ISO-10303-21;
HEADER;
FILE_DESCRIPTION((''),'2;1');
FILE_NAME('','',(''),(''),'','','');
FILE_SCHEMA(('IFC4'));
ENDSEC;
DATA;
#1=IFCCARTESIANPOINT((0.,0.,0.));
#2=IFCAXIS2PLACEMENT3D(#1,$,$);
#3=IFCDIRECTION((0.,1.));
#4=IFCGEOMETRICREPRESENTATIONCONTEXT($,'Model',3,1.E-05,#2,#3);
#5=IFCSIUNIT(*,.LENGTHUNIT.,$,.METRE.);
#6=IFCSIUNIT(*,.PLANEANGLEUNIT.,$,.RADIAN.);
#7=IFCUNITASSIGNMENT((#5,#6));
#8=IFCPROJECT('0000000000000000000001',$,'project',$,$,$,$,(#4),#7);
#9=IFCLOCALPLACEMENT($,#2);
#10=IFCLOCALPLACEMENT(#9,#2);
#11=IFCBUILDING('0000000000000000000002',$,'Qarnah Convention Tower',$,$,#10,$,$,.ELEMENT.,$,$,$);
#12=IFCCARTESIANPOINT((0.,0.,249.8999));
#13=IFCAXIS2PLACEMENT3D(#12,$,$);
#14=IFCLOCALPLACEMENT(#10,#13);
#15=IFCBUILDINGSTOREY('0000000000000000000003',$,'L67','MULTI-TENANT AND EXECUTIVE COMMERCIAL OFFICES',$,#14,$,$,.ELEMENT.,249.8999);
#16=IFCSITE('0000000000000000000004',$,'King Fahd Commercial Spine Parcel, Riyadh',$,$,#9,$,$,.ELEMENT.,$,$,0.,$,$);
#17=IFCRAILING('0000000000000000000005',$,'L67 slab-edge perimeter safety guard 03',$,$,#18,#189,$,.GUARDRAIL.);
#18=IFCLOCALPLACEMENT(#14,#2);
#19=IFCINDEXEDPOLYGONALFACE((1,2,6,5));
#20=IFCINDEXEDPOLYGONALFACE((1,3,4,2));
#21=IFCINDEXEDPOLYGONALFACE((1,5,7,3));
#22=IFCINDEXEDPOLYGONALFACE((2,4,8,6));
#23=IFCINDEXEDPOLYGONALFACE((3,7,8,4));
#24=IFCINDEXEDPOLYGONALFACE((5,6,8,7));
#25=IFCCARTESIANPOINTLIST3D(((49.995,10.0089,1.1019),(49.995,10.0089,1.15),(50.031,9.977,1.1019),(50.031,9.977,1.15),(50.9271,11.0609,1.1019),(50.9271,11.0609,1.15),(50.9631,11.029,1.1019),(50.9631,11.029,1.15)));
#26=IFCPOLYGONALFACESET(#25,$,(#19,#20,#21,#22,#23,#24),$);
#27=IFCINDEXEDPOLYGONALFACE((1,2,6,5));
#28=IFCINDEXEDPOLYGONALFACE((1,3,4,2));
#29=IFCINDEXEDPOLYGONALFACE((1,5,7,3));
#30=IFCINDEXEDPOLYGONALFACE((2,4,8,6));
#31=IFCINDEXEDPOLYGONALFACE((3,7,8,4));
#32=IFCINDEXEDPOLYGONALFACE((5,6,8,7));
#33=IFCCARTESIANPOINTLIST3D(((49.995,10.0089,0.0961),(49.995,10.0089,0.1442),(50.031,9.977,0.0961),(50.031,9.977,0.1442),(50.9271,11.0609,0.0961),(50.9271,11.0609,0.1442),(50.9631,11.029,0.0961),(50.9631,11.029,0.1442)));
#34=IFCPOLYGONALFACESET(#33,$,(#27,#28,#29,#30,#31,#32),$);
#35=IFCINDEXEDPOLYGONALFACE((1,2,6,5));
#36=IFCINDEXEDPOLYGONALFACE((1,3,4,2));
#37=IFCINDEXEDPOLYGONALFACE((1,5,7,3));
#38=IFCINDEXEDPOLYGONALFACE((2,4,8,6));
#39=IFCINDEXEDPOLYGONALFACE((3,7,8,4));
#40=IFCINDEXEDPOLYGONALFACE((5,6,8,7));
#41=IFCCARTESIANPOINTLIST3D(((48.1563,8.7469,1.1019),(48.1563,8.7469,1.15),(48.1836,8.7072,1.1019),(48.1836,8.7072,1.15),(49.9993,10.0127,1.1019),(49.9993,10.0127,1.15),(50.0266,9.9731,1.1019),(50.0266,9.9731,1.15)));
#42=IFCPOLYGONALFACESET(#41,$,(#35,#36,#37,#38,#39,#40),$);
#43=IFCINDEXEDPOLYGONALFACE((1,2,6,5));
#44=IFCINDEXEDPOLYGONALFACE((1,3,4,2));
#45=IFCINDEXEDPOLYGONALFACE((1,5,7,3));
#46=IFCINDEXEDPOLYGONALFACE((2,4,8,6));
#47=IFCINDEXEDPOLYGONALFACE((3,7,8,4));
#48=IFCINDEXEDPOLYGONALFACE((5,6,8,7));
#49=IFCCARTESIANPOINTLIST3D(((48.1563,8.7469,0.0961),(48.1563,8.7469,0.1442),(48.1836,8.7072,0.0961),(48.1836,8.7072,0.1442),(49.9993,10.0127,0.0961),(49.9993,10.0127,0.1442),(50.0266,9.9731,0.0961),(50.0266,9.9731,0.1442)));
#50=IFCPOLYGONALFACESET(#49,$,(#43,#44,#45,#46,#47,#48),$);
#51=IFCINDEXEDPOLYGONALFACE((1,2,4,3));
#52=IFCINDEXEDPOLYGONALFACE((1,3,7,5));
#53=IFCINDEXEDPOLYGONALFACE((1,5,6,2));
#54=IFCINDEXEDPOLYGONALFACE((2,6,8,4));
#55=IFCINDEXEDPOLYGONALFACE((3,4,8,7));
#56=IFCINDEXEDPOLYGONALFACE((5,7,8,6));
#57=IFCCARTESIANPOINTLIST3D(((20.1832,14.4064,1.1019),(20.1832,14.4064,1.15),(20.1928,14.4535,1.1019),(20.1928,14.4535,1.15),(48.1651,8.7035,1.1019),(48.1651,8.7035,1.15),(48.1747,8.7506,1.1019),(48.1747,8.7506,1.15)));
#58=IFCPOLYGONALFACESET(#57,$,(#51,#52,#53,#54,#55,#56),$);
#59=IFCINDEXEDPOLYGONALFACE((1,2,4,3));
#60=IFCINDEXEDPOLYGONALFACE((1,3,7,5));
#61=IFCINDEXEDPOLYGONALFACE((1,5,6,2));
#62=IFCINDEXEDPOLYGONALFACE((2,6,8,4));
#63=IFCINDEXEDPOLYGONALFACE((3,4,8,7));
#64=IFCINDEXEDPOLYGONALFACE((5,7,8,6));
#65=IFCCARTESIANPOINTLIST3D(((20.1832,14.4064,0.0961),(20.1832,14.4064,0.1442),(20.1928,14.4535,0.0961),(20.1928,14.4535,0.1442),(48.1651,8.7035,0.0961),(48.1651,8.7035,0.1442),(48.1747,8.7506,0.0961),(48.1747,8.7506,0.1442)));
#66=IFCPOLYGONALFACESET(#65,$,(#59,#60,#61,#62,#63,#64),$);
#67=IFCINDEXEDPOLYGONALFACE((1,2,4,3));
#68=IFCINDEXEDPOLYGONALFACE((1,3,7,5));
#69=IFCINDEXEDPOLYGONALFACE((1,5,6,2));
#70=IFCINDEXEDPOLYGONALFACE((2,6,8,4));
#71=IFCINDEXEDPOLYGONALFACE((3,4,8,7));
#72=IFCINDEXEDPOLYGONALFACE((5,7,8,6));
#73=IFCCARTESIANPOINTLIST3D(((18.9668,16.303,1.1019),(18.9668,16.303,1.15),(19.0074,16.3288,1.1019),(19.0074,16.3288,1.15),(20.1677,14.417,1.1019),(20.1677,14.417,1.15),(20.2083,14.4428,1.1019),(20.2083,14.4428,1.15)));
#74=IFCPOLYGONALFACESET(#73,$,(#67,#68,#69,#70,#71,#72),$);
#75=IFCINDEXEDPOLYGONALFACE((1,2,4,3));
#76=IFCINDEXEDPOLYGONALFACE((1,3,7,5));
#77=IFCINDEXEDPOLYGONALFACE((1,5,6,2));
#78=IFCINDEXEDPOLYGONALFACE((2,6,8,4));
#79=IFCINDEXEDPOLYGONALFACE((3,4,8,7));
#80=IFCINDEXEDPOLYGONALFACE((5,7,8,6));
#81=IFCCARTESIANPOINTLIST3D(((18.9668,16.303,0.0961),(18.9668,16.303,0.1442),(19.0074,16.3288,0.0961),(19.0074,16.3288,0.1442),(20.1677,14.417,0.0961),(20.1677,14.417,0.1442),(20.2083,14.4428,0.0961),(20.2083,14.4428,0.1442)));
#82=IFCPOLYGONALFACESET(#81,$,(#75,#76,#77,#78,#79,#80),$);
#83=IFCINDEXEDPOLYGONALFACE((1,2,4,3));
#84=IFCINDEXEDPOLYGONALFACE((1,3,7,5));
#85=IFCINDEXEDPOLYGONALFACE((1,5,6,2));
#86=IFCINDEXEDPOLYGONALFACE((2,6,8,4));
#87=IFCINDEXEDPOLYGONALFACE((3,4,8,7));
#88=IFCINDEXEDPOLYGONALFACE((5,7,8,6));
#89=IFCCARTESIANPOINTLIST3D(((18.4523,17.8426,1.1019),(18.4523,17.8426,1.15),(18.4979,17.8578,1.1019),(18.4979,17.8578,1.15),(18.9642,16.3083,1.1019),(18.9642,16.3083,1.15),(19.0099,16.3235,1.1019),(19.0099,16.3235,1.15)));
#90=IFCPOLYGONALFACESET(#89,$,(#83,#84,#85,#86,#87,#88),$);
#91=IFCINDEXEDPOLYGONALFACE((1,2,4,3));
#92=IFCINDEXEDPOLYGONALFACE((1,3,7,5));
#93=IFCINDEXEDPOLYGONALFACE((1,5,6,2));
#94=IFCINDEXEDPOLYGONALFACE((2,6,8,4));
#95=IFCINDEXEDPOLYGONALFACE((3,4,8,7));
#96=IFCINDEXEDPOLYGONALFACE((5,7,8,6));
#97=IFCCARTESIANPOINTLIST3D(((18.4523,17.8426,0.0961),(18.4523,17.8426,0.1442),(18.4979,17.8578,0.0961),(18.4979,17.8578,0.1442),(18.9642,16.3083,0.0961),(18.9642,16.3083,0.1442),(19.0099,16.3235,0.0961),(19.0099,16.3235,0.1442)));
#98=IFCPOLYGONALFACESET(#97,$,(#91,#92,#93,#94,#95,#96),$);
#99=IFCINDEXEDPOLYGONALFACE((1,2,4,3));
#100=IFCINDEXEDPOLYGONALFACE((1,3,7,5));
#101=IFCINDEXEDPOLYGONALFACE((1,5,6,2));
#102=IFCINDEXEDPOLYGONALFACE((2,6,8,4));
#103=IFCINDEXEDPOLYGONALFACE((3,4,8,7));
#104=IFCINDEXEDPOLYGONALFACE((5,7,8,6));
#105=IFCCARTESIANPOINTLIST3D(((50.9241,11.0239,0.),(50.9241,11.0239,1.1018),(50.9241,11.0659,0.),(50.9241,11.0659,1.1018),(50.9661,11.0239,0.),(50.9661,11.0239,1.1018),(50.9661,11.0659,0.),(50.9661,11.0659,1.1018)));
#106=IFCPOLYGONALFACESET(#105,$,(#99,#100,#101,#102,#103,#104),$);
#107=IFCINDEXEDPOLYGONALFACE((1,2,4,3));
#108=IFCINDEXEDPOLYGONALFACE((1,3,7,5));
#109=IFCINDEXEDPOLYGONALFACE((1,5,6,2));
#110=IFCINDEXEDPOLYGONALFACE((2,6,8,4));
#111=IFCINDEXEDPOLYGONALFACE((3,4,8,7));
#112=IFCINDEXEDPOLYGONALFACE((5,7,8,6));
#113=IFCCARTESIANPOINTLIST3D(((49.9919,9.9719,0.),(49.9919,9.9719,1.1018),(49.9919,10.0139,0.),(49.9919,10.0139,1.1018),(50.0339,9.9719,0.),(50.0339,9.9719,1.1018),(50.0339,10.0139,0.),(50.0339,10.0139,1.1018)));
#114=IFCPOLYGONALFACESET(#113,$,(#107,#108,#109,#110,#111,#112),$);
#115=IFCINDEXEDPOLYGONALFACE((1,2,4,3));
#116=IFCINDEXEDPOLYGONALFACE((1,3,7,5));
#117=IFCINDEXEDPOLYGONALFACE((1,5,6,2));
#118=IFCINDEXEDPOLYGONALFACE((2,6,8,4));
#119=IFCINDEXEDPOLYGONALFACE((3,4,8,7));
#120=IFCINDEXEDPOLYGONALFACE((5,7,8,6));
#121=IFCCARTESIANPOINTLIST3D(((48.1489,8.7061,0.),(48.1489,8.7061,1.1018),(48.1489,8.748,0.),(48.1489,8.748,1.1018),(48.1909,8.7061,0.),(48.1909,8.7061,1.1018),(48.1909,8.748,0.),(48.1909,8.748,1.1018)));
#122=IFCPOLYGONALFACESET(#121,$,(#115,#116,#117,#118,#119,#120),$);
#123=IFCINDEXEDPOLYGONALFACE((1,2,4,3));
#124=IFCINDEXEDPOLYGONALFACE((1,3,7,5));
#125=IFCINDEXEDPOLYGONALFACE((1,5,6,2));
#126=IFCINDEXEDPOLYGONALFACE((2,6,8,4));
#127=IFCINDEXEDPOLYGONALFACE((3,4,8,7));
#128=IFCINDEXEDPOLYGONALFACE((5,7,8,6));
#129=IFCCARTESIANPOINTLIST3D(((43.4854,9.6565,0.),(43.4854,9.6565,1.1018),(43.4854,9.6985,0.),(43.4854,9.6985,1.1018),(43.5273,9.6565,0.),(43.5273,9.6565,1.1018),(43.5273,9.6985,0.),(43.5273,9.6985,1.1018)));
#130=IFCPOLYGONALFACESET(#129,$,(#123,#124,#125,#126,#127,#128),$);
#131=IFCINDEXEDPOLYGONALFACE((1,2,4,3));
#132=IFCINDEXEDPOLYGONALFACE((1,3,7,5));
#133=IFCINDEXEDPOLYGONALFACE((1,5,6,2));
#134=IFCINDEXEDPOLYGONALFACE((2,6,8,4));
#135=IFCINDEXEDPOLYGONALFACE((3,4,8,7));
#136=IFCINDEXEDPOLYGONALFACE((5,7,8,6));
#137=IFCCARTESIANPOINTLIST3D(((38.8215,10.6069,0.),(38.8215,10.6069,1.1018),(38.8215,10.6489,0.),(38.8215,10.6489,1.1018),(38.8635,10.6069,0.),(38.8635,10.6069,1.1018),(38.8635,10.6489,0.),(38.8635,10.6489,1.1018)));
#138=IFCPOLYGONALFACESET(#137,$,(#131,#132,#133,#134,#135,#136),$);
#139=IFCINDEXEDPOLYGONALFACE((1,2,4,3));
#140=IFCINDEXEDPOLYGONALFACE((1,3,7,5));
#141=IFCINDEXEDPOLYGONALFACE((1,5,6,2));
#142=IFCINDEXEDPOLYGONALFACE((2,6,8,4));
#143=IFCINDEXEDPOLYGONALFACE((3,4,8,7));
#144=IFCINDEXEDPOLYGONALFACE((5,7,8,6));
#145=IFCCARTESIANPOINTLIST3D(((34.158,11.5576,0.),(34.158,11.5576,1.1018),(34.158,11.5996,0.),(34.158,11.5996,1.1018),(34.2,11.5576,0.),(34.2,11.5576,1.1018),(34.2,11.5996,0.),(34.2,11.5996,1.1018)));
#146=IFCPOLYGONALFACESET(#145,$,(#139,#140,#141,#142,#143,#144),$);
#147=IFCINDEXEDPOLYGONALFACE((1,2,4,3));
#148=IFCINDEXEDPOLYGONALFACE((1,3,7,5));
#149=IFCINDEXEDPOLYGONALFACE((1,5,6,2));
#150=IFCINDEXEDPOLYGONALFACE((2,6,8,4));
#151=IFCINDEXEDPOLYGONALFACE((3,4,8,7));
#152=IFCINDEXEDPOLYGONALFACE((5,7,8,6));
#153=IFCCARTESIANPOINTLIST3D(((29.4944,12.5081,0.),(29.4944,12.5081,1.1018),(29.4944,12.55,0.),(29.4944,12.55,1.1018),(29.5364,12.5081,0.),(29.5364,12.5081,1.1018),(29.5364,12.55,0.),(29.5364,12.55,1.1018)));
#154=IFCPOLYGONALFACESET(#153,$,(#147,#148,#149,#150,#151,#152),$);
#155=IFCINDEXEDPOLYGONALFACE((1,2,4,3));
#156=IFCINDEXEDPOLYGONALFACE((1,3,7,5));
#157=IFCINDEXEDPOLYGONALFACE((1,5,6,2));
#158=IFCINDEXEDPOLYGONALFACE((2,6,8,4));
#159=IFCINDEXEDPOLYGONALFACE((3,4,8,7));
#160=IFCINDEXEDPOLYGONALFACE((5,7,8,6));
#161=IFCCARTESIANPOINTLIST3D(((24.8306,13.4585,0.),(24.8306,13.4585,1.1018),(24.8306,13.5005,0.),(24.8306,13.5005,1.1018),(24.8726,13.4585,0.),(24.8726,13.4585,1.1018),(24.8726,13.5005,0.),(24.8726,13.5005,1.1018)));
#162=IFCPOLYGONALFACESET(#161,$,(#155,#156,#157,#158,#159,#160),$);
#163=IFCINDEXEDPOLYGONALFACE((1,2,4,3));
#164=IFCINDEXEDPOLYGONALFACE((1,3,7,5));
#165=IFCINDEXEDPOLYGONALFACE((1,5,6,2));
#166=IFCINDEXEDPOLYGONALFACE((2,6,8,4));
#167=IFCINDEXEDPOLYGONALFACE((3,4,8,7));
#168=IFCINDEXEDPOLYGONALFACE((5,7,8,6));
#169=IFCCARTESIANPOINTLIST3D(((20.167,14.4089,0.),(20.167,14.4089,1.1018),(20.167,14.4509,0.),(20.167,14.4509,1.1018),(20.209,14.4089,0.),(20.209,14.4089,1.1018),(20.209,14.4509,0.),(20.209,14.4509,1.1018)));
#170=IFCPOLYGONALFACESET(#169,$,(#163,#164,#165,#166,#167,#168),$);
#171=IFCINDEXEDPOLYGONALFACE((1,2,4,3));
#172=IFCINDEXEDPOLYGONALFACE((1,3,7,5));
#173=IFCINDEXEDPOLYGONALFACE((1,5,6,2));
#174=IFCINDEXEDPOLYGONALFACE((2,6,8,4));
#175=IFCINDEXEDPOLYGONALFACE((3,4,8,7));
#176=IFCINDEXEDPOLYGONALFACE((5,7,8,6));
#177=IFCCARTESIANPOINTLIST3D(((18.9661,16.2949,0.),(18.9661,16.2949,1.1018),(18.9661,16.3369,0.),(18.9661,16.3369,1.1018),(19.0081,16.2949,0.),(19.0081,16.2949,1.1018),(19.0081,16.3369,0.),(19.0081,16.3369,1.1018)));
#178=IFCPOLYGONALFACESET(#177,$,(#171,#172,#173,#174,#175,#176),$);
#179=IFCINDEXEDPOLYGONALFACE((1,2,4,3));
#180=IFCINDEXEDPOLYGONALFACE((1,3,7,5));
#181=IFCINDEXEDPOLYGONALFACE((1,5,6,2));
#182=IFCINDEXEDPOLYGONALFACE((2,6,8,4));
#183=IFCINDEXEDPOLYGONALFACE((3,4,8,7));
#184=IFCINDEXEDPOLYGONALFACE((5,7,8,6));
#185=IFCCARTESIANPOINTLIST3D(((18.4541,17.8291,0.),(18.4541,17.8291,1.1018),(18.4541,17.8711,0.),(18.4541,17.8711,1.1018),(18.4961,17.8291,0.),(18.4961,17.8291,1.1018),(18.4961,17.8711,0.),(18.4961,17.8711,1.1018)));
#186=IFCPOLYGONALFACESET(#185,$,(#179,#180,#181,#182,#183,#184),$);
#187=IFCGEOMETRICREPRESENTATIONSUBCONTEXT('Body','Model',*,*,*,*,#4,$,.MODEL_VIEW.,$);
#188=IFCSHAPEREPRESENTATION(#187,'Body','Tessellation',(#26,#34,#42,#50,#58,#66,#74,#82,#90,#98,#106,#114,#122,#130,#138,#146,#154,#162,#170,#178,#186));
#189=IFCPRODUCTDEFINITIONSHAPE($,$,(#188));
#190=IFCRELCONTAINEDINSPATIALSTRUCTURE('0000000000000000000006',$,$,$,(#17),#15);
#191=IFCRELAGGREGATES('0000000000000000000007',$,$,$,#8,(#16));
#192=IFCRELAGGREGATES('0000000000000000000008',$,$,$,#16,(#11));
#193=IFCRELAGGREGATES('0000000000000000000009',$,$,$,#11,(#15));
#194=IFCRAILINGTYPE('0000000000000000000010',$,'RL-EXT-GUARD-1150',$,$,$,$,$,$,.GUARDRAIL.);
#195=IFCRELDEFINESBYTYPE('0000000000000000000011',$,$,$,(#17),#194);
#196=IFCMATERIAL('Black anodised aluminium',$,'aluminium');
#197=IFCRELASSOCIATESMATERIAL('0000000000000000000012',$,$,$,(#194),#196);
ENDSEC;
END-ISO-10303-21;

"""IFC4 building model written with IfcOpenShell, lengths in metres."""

from ifc_helpers import new_model, si_unit, direction, frame, origin, origin_2d, place, context, subcontext, project, spatial, rectangle, extrude, material, type_object, element, save


model = new_model("IFC4")

# Units and contexts
model_context = context("Model", 3, precision=1e-05, world=origin(), true_north=direction((0.0, 1.0)))
body_context = subcontext(model_context, "Body", "Model", "MODEL_VIEW")
ifc_project = project(units=[si_unit("LENGTHUNIT", "METRE"), si_unit("PLANEANGLEUNIT", "RADIAN")], contexts=[model_context])

# Site, building, storey
site_placement = place(None, origin())
site = spatial("IfcSite", under=ifc_project, at=site_placement, Name="King Fahd Commercial Spine Parcel, Riyadh", CompositionType="ELEMENT", RefElevation=0.0)
building_placement = place(site_placement, origin())
building = spatial("IfcBuilding", under=site, at=building_placement, Name="Qarnah Convention Tower", CompositionType="ELEMENT")
storey_placement = place(building_placement, frame((0.0, 0.0, 249.8999)))
storey = spatial("IfcBuildingStorey", under=building, at=storey_placement, Name="L67", Description="MULTI-TENANT AND EXECUTIVE COMMERCIAL OFFICES", CompositionType="ELEMENT", Elevation=249.8999)

# Shared definitions
ifc_material_1 = material(Name="Black anodised aluminium", Category="aluminium")

# Railing
railing_type = type_object("IfcRailingType", Name="RL-EXT-GUARD-1150", PredefinedType="GUARDRAIL", material=ifc_material_1)
railing_1_placement = place(storey_placement, frame((50.9451, 11.0449, 0.0)))
element("IfcRailing", 1, at=railing_1_placement, inside=storey, type_object=railing_type, Name="L67 slab-edge perimeter safety guard 03", PredefinedType="GUARDRAIL", context=body_context, shape_type="SweptSolid", body=[
    extrude(rectangle(XDim=0.0481, YDim=0.0481, at=origin_2d()), frame((0.0, 0.0, 1.126), z_axis=(-0.663177, -0.748463, 0.0), x_axis=(0.748463, -0.663177, 0.0)), (0.0, 0.0, 1.0), 1.4055),
    extrude(rectangle(XDim=0.0481, YDim=0.0481, at=origin_2d()), frame((0.0, 0.0, 0.1201), z_axis=(-0.663177, -0.748463, 0.0), x_axis=(0.748463, -0.663177, 0.0)), (0.0, 0.0, 1.0), 1.4055),
    extrude(rectangle(XDim=0.0481, YDim=0.0481, at=origin_2d()), frame((-0.9321, -1.052, 1.126), z_axis=(-0.824294, -0.566163, 0.0), x_axis=(0.566163, -0.824294, 0.0)), (0.0, 0.0, 1.0), 2.2358),
    extrude(rectangle(XDim=0.0481, YDim=0.0481, at=origin_2d()), frame((-0.9321, -1.052, 0.1201), z_axis=(-0.824294, -0.566163, 0.0), x_axis=(0.566163, -0.824294, 0.0)), (0.0, 0.0, 1.0), 2.2358),
    extrude(rectangle(XDim=0.0481, YDim=0.0481, at=origin_2d()), frame((-2.7751, -2.3179, 1.126), z_axis=(-0.979857, 0.199701, 0.0), x_axis=(-0.199701, -0.979857, 0.0)), (0.0, 0.0, 1.0), 28.5571),
    extrude(rectangle(XDim=0.0481, YDim=0.0481, at=origin_2d()), frame((-2.7751, -2.3179, 0.1201), z_axis=(-0.979857, 0.199701, 0.0), x_axis=(-0.199701, -0.979857, 0.0)), (0.0, 0.0, 1.0), 28.5571),
    extrude(rectangle(XDim=0.0481, YDim=0.0481, at=origin_2d()), frame((-30.7571, 3.385, 1.126), z_axis=(-0.537116, 0.843509, 0.0), x_axis=(-0.843509, -0.537116, 0.0)), (0.0, 0.0, 1.0), 2.2358),
    extrude(rectangle(XDim=0.0481, YDim=0.0481, at=origin_2d()), frame((-30.7571, 3.385, 0.1201), z_axis=(-0.537116, 0.843509, 0.0), x_axis=(-0.843509, -0.537116, 0.0)), (0.0, 0.0, 1.0), 2.2358),
    extrude(rectangle(XDim=0.0481, YDim=0.0481, at=origin_2d()), frame((-31.958, 5.271, 1.126), z_axis=(-0.316545, 0.948578, 0.0), x_axis=(-0.948578, -0.316545, 0.0)), (0.0, 0.0, 1.0), 1.6174),
    extrude(rectangle(XDim=0.0481, YDim=0.0481, at=origin_2d()), frame((-31.958, 5.271, 0.1201), z_axis=(-0.316545, 0.948578, 0.0), x_axis=(-0.948578, -0.316545, 0.0)), (0.0, 0.0, 1.0), 1.6174),
    extrude(rectangle(XDim=0.042, YDim=0.042, at=origin_2d()), origin(), (0.0, 0.0, 1.0), 1.1018),
    extrude(rectangle(XDim=0.042, YDim=0.042, at=origin_2d()), frame((-0.9321, -1.052, 0.0)), (0.0, 0.0, 1.0), 1.1018),
    extrude(rectangle(XDim=0.042, YDim=0.042, at=origin_2d()), frame((-2.7751, -2.3179, 0.0)), (0.0, 0.0, 1.0), 1.1018),
    extrude(rectangle(XDim=0.042, YDim=0.042, at=origin_2d()), frame((-7.4387, -1.3674, 0.0)), (0.0, 0.0, 1.0), 1.1018),
    extrude(rectangle(XDim=0.042, YDim=0.042, at=origin_2d()), frame((-12.1025, -0.417, 0.0)), (0.0, 0.0, 1.0), 1.1018),
    extrude(rectangle(XDim=0.042, YDim=0.042, at=origin_2d()), frame((-16.7661, 0.5337, 0.0)), (0.0, 0.0, 1.0), 1.1018),
    extrude(rectangle(XDim=0.042, YDim=0.042, at=origin_2d()), frame((-21.4297, 1.4841, 0.0)), (0.0, 0.0, 1.0), 1.1018),
    extrude(rectangle(XDim=0.042, YDim=0.042, at=origin_2d()), frame((-26.0935, 2.4346, 0.0)), (0.0, 0.0, 1.0), 1.1018),
    extrude(rectangle(XDim=0.042, YDim=0.042, at=origin_2d()), frame((-30.7571, 3.385, 0.0)), (0.0, 0.0, 1.0), 1.1018),
    extrude(rectangle(XDim=0.042, YDim=0.042, at=origin_2d()), frame((-31.958, 5.271, 0.0)), (0.0, 0.0, 1.0), 1.1018),
    extrude(rectangle(XDim=0.042, YDim=0.042, at=origin_2d()), frame((-32.47, 6.8052, 0.0)), (0.0, 0.0, 1.0), 1.1018),
])

save(model, "model.ifc")
